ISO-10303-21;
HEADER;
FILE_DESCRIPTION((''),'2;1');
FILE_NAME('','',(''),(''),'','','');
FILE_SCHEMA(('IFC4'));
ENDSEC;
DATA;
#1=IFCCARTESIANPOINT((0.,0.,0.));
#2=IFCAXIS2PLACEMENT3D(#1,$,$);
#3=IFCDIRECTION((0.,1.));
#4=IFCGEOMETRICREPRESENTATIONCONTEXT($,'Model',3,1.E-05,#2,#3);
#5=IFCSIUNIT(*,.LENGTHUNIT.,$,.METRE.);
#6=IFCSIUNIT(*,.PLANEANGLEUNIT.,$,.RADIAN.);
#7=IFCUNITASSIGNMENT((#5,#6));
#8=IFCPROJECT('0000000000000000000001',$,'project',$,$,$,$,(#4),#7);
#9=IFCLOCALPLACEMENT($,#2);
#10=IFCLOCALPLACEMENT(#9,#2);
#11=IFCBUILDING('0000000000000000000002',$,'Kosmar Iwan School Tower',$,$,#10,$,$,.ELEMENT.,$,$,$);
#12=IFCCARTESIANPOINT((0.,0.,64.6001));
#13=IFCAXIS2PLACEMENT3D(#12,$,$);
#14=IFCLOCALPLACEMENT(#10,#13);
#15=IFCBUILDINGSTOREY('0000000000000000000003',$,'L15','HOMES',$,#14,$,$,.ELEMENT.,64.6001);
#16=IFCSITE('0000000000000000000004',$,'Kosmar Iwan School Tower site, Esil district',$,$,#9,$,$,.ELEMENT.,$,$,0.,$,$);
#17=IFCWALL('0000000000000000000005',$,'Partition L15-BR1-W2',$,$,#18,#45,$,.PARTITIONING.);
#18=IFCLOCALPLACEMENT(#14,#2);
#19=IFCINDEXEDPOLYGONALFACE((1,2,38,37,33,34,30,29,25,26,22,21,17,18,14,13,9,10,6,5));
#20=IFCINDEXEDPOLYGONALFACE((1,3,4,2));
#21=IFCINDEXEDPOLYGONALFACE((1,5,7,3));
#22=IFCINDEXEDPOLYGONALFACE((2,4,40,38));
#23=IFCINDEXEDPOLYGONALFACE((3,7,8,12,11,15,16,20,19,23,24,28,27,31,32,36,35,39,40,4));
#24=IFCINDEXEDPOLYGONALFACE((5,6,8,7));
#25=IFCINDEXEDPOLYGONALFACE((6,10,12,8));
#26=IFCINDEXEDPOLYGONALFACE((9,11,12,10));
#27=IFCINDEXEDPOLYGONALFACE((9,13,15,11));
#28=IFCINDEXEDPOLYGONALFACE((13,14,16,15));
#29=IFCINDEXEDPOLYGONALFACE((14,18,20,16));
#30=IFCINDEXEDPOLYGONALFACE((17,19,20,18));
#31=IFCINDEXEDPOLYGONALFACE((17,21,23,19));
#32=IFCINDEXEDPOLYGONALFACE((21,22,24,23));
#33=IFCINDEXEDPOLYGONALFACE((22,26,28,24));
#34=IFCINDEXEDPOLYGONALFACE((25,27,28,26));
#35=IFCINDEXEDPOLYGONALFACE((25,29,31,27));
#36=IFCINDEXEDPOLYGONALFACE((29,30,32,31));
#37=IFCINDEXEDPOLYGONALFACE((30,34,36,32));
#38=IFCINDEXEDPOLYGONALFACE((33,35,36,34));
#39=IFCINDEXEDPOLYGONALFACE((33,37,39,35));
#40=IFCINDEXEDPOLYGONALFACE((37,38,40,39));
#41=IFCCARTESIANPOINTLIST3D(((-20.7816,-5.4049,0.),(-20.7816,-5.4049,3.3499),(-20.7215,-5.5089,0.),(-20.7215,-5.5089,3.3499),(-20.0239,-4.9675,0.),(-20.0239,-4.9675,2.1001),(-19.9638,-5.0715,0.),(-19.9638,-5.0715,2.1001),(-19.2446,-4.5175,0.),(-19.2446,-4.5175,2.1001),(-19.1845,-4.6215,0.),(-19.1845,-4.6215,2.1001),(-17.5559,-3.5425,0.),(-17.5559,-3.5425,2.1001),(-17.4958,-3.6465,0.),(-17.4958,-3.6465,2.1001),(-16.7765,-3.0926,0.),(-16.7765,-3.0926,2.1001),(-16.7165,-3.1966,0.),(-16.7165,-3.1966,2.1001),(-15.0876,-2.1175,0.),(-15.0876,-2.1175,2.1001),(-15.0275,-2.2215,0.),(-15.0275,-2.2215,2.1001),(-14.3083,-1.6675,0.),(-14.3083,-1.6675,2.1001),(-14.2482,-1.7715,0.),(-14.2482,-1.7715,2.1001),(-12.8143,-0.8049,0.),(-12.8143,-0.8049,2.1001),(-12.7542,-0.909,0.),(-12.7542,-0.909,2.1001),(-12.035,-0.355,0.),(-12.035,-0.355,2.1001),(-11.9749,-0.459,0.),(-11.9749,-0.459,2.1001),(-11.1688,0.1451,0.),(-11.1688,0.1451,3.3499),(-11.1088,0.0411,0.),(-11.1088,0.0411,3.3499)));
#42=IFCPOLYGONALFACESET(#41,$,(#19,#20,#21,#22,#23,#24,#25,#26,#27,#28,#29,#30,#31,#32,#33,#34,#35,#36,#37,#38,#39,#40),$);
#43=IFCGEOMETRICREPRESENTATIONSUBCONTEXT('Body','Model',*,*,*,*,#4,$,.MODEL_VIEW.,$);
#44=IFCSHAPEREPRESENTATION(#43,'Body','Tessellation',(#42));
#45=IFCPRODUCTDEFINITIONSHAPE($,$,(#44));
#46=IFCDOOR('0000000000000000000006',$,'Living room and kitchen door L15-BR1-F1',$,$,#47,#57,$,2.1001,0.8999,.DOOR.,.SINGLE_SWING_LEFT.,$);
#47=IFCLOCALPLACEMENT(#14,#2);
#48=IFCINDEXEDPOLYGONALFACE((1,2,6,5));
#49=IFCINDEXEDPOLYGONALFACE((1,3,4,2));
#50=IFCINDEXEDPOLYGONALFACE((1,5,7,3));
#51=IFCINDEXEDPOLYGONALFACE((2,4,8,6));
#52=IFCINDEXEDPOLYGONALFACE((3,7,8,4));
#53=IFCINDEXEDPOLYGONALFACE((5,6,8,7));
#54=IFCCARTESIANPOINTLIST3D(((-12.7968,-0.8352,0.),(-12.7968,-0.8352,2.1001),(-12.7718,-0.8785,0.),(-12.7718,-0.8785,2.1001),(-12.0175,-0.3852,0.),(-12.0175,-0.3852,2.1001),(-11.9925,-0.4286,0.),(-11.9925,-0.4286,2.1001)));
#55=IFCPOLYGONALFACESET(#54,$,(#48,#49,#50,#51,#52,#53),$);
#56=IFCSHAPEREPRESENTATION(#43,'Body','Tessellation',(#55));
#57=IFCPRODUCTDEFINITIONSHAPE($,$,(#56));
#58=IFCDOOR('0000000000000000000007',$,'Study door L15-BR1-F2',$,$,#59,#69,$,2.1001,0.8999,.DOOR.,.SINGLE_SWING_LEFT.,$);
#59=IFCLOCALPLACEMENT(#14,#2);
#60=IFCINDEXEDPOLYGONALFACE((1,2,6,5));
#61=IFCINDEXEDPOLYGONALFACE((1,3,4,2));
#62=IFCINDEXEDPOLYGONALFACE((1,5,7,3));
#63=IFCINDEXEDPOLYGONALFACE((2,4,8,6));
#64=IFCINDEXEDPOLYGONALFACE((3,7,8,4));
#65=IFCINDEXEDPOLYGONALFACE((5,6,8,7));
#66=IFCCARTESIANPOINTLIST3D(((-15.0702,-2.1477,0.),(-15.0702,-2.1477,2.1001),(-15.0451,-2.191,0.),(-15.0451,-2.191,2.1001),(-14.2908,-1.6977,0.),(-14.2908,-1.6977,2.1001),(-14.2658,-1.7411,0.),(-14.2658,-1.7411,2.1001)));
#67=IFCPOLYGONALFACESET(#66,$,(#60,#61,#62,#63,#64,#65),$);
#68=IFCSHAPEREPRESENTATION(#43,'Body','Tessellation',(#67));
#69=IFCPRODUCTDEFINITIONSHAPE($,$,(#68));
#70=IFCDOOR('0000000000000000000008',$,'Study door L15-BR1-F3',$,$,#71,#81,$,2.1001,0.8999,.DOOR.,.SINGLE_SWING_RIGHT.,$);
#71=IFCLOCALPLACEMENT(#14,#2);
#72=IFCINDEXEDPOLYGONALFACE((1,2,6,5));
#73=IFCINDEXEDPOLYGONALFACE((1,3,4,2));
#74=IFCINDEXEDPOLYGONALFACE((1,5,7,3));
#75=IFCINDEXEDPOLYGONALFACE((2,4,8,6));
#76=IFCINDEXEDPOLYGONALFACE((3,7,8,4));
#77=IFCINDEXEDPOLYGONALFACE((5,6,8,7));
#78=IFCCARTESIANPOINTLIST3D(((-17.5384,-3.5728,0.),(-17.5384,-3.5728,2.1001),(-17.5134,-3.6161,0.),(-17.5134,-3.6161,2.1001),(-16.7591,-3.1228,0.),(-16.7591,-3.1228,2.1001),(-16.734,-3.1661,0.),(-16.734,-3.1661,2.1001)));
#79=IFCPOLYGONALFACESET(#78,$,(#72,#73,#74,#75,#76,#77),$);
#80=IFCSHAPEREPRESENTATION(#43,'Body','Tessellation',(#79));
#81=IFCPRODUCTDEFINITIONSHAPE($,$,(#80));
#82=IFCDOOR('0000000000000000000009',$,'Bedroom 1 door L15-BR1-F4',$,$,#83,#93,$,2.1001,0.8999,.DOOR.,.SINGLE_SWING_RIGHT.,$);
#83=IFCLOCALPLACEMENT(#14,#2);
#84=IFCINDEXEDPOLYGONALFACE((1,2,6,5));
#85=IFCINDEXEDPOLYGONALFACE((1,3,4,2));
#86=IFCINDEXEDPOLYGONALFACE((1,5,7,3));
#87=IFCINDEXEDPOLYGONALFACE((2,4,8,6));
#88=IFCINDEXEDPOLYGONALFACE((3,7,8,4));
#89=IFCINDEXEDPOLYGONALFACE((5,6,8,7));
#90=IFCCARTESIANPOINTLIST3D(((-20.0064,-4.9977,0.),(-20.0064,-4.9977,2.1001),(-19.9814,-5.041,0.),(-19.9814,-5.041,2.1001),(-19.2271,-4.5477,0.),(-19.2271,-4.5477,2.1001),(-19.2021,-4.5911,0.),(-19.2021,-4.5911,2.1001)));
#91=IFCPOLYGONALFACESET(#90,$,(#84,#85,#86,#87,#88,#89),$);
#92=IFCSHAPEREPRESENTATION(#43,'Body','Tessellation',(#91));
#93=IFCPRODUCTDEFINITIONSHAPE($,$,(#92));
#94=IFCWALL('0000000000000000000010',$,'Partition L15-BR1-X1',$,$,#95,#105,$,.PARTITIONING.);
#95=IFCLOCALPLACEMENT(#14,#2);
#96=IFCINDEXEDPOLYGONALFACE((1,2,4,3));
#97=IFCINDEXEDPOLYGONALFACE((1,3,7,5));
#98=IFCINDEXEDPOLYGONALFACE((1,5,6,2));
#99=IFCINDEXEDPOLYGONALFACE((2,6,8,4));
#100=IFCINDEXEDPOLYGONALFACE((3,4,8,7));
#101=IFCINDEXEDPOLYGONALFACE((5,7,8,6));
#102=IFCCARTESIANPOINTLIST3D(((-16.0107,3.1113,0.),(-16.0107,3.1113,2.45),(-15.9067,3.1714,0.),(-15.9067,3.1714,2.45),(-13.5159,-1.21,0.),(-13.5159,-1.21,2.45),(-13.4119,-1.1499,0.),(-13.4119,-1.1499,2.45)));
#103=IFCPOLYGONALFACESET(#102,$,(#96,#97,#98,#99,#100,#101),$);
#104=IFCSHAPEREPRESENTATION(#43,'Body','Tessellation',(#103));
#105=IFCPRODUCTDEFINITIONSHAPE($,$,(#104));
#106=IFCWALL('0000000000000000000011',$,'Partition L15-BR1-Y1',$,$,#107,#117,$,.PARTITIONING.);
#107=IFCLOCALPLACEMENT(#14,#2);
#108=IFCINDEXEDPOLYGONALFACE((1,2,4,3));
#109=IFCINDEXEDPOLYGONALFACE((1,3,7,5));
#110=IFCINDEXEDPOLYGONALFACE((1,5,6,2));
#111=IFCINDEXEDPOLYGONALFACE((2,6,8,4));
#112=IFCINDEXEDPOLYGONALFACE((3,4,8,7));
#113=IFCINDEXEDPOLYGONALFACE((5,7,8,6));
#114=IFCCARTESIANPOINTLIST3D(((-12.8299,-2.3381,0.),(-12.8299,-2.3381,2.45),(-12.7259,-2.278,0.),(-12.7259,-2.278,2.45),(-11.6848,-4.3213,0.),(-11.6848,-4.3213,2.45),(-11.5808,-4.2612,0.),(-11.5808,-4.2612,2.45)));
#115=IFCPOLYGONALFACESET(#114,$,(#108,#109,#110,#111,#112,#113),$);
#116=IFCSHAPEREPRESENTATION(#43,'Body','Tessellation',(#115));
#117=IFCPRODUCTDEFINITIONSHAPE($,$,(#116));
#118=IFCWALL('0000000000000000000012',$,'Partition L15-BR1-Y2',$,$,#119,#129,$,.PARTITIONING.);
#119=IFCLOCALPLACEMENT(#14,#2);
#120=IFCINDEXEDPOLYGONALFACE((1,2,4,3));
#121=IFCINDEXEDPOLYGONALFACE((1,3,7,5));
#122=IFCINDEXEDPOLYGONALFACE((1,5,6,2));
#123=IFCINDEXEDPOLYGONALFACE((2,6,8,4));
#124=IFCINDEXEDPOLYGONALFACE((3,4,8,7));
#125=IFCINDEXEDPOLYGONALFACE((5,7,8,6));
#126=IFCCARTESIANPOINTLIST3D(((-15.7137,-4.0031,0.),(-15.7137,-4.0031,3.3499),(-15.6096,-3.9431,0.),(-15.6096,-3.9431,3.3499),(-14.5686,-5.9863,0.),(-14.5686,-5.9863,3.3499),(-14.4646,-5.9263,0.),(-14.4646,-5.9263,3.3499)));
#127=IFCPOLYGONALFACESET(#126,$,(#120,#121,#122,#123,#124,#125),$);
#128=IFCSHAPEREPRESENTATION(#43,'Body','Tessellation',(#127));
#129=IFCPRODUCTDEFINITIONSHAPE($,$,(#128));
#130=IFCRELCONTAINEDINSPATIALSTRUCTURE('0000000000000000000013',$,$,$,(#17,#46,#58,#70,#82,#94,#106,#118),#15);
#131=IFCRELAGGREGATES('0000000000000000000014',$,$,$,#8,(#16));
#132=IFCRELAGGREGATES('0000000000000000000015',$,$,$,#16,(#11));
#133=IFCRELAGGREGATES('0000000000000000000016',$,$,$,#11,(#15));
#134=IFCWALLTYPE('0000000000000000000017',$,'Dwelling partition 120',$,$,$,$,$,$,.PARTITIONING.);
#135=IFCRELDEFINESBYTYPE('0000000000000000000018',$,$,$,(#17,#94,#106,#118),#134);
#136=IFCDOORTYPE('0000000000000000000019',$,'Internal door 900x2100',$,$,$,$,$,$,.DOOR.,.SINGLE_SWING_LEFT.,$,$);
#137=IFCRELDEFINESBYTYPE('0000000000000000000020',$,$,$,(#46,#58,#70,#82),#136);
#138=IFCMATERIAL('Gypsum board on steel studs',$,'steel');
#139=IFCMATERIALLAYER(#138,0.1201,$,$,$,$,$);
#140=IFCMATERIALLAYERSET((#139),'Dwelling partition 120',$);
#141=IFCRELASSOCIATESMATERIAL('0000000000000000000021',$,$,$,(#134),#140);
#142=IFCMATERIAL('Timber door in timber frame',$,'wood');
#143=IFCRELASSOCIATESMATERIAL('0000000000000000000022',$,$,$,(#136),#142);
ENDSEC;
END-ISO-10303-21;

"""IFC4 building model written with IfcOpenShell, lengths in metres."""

from ifc_helpers import new_model, si_unit, direction, frame, frame_2d, origin, place, context, subcontext, project, spatial, rectangle, extrude, material, layer, layer_set, type_object, element, fill, save


model = new_model("IFC4")

# Units and contexts
model_context = context("Model", 3, precision=1e-05, world=origin(), true_north=direction((0.0, 1.0)))
body_context = subcontext(model_context, "Body", "Model", "MODEL_VIEW")
ifc_project = project(units=[si_unit("LENGTHUNIT", "METRE"), si_unit("PLANEANGLEUNIT", "RADIAN")], contexts=[model_context])

# Site, building, storey
site_placement = place(None, origin())
site = spatial("IfcSite", under=ifc_project, at=site_placement, Name="Kosmar Iwan School Tower site, Esil district", CompositionType="ELEMENT", RefElevation=0.0)
building_placement = place(site_placement, origin())
building = spatial("IfcBuilding", under=site, at=building_placement, Name="Kosmar Iwan School Tower", CompositionType="ELEMENT")
storey_placement = place(building_placement, frame((0.0, 0.0, 64.6001)))
storey = spatial("IfcBuildingStorey", under=building, at=storey_placement, Name="L15", Description="HOMES", CompositionType="ELEMENT", Elevation=64.6001)

# Wall, openings, doors
ifc_material_1 = material(Name="Gypsum board on steel studs", Category="steel")
ifc_layer_1 = layer(ifc_material_1, 0.1201)
ifc_layer_set_1 = layer_set([ifc_layer_1], Name="Dwelling partition 120")
wall_type_1 = type_object("IfcWallType", Name="Dwelling partition 120", PredefinedType="PARTITIONING", material=ifc_layer_set_1)
ifc_material_2 = material(Name="Timber door in timber frame", Category="wood")
door_type_1 = type_object("IfcDoorType", Name="Internal door 900x2100", OperationType="SINGLE_SWING_LEFT", PredefinedType="DOOR", material=ifc_material_2)
wall_1_placement = place(storey_placement, frame((-11.1389, 0.093, 0.0), z_axis=(0.0, 0.0, 1.0), x_axis=(-0.866021, -0.500007, 0.0)))
wall_1 = element("IfcWall", 1, at=wall_1_placement, inside=storey, type_object=wall_type_1, Name="Partition L15-BR1-W2", PredefinedType="PARTITIONING", context=body_context, shape_type="SweptSolid", body=[
    extrude(rectangle(XDim=11.0999, YDim=0.1201, at=frame_2d((5.5498, 0.0))), origin(), (0.0, 0.0, 1.0), 3.3499),
])
opening_1_placement = place(wall_1_placement, frame((1.0, 0.0, 0.0)))
opening_1 = element("IfcOpeningElement", 2, at=opening_1_placement, cuts=wall_1, PredefinedType="OPENING", context=body_context, shape_type="SweptSolid", body=[
    extrude(rectangle(XDim=0.8999, YDim=2.1001, at=frame_2d((0.45, 1.05))), frame((0.0, 0.072, 0.0), z_axis=(0.0, -1.0, 0.0), x_axis=(1.0, 0.0, 0.0)), (0.0, 0.0, 1.0), 0.144),
])
opening_2_placement = place(wall_1_placement, frame((3.625, 0.0, 0.0)))
opening_2 = element("IfcOpeningElement", 3, at=opening_2_placement, cuts=wall_1, PredefinedType="OPENING", context=body_context, shape_type="SweptSolid", body=[
    extrude(rectangle(XDim=0.8999, YDim=2.1001, at=frame_2d((0.45, 1.05))), frame((0.0, 0.072, 0.0), z_axis=(0.0, -1.0, 0.0), x_axis=(1.0, 0.0, 0.0)), (0.0, 0.0, 1.0), 0.144),
])
opening_3_placement = place(wall_1_placement, frame((6.4751, 0.0, 0.0)))
opening_3 = element("IfcOpeningElement", 4, at=opening_3_placement, cuts=wall_1, PredefinedType="OPENING", context=body_context, shape_type="SweptSolid", body=[
    extrude(rectangle(XDim=0.8999, YDim=2.1001, at=frame_2d((0.45, 1.05))), frame((0.0, 0.072, 0.0), z_axis=(0.0, -1.0, 0.0), x_axis=(1.0, 0.0, 0.0)), (0.0, 0.0, 1.0), 0.144),
])
opening_4_placement = place(wall_1_placement, frame((9.325, 0.0, 0.0)))
opening_4 = element("IfcOpeningElement", 5, at=opening_4_placement, cuts=wall_1, PredefinedType="OPENING", context=body_context, shape_type="SweptSolid", body=[
    extrude(rectangle(XDim=0.8999, YDim=2.1001, at=frame_2d((0.45, 1.05))), frame((0.0, 0.072, 0.0), z_axis=(0.0, -1.0, 0.0), x_axis=(1.0, 0.0, 0.0)), (0.0, 0.0, 1.0), 0.144),
])
door_1_placement = place(opening_1_placement, origin())
door_1 = element("IfcDoor", 6, at=door_1_placement, inside=storey, type_object=door_type_1, Name="Living room and kitchen door L15-BR1-F1", OperationType="SINGLE_SWING_LEFT", OverallHeight=2.1001, OverallWidth=0.8999, PredefinedType="DOOR", context=body_context, shape_type="SweptSolid", body=[
    extrude(rectangle(XDim=0.8999, YDim=2.1001, at=frame_2d((0.45, 1.05))), frame((0.0, 0.0249, 0.0), z_axis=(0.0, -1.0, 0.0), x_axis=(1.0, 0.0, 0.0)), (0.0, 0.0, 1.0), 0.05),
])
fill(opening_1, door_1)
door_2_placement = place(opening_2_placement, origin())
door_2 = element("IfcDoor", 7, at=door_2_placement, inside=storey, type_object=door_type_1, Name="Study door L15-BR1-F2", OperationType="SINGLE_SWING_LEFT", OverallHeight=2.1001, OverallWidth=0.8999, PredefinedType="DOOR", context=body_context, shape_type="SweptSolid", body=[
    extrude(rectangle(XDim=0.8999, YDim=2.1001, at=frame_2d((0.45, 1.05))), frame((0.0, 0.0249, 0.0), z_axis=(0.0, -1.0, 0.0), x_axis=(1.0, 0.0, 0.0)), (0.0, 0.0, 1.0), 0.05),
])
fill(opening_2, door_2)
door_3_placement = place(opening_3_placement, origin())
door_3 = element("IfcDoor", 8, at=door_3_placement, inside=storey, type_object=door_type_1, Name="Study door L15-BR1-F3", OperationType="SINGLE_SWING_RIGHT", OverallHeight=2.1001, OverallWidth=0.8999, PredefinedType="DOOR", context=body_context, shape_type="SweptSolid", body=[
    extrude(rectangle(XDim=0.8999, YDim=2.1001, at=frame_2d((0.45, 1.05))), frame((0.0, 0.0249, 0.0), z_axis=(0.0, -1.0, 0.0), x_axis=(1.0, 0.0, 0.0)), (0.0, 0.0, 1.0), 0.05),
])
fill(opening_3, door_3)
door_4_placement = place(opening_4_placement, origin())
door_4 = element("IfcDoor", 9, at=door_4_placement, inside=storey, type_object=door_type_1, Name="Bedroom 1 door L15-BR1-F4", OperationType="SINGLE_SWING_RIGHT", OverallHeight=2.1001, OverallWidth=0.8999, PredefinedType="DOOR", context=body_context, shape_type="SweptSolid", body=[
    extrude(rectangle(XDim=0.8999, YDim=2.1001, at=frame_2d((0.45, 1.05))), frame((0.0, 0.0249, 0.0), z_axis=(0.0, -1.0, 0.0), x_axis=(1.0, 0.0, 0.0)), (0.0, 0.0, 1.0), 0.05),
])
fill(opening_4, door_4)

# Walls
wall_2_placement = place(storey_placement, frame((-13.4639, -1.1799, 0.0), z_axis=(0.0, 0.0, 1.0), x_axis=(-0.499996, 0.866028, 0.0)))
element("IfcWall", 10, at=wall_2_placement, inside=storey, type_object=wall_type_1, Name="Partition L15-BR1-X1", PredefinedType="PARTITIONING", context=body_context, shape_type="SweptSolid", body=[
    extrude(rectangle(XDim=4.9897, YDim=0.1201, at=frame_2d((2.4949, 0.0))), origin(), (0.0, 0.0, 1.0), 2.45),
])
wall_3_placement = place(storey_placement, frame((-11.6328, -4.2913, 0.0), z_axis=(0.0, 0.0, 1.0), x_axis=(-0.500015, 0.866017, 0.0)))
element("IfcWall", 11, at=wall_3_placement, inside=storey, type_object=wall_type_1, Name="Partition L15-BR1-Y1", PredefinedType="PARTITIONING", context=body_context, shape_type="SweptSolid", body=[
    extrude(rectangle(XDim=2.29, YDim=0.1201, at=frame_2d((1.145, 0.0))), origin(), (0.0, 0.0, 1.0), 2.45),
])
wall_4_placement = place(storey_placement, frame((-14.5166, -5.9563, 0.0), z_axis=(0.0, 0.0, 1.0), x_axis=(-0.500015, 0.866017, 0.0)))
element("IfcWall", 12, at=wall_4_placement, inside=storey, type_object=wall_type_1, Name="Partition L15-BR1-Y2", PredefinedType="PARTITIONING", context=body_context, shape_type="SweptSolid", body=[
    extrude(rectangle(XDim=2.29, YDim=0.1201, at=frame_2d((1.145, 0.0))), origin(), (0.0, 0.0, 1.0), 3.3499),
])

save(model, "model.ifc")
